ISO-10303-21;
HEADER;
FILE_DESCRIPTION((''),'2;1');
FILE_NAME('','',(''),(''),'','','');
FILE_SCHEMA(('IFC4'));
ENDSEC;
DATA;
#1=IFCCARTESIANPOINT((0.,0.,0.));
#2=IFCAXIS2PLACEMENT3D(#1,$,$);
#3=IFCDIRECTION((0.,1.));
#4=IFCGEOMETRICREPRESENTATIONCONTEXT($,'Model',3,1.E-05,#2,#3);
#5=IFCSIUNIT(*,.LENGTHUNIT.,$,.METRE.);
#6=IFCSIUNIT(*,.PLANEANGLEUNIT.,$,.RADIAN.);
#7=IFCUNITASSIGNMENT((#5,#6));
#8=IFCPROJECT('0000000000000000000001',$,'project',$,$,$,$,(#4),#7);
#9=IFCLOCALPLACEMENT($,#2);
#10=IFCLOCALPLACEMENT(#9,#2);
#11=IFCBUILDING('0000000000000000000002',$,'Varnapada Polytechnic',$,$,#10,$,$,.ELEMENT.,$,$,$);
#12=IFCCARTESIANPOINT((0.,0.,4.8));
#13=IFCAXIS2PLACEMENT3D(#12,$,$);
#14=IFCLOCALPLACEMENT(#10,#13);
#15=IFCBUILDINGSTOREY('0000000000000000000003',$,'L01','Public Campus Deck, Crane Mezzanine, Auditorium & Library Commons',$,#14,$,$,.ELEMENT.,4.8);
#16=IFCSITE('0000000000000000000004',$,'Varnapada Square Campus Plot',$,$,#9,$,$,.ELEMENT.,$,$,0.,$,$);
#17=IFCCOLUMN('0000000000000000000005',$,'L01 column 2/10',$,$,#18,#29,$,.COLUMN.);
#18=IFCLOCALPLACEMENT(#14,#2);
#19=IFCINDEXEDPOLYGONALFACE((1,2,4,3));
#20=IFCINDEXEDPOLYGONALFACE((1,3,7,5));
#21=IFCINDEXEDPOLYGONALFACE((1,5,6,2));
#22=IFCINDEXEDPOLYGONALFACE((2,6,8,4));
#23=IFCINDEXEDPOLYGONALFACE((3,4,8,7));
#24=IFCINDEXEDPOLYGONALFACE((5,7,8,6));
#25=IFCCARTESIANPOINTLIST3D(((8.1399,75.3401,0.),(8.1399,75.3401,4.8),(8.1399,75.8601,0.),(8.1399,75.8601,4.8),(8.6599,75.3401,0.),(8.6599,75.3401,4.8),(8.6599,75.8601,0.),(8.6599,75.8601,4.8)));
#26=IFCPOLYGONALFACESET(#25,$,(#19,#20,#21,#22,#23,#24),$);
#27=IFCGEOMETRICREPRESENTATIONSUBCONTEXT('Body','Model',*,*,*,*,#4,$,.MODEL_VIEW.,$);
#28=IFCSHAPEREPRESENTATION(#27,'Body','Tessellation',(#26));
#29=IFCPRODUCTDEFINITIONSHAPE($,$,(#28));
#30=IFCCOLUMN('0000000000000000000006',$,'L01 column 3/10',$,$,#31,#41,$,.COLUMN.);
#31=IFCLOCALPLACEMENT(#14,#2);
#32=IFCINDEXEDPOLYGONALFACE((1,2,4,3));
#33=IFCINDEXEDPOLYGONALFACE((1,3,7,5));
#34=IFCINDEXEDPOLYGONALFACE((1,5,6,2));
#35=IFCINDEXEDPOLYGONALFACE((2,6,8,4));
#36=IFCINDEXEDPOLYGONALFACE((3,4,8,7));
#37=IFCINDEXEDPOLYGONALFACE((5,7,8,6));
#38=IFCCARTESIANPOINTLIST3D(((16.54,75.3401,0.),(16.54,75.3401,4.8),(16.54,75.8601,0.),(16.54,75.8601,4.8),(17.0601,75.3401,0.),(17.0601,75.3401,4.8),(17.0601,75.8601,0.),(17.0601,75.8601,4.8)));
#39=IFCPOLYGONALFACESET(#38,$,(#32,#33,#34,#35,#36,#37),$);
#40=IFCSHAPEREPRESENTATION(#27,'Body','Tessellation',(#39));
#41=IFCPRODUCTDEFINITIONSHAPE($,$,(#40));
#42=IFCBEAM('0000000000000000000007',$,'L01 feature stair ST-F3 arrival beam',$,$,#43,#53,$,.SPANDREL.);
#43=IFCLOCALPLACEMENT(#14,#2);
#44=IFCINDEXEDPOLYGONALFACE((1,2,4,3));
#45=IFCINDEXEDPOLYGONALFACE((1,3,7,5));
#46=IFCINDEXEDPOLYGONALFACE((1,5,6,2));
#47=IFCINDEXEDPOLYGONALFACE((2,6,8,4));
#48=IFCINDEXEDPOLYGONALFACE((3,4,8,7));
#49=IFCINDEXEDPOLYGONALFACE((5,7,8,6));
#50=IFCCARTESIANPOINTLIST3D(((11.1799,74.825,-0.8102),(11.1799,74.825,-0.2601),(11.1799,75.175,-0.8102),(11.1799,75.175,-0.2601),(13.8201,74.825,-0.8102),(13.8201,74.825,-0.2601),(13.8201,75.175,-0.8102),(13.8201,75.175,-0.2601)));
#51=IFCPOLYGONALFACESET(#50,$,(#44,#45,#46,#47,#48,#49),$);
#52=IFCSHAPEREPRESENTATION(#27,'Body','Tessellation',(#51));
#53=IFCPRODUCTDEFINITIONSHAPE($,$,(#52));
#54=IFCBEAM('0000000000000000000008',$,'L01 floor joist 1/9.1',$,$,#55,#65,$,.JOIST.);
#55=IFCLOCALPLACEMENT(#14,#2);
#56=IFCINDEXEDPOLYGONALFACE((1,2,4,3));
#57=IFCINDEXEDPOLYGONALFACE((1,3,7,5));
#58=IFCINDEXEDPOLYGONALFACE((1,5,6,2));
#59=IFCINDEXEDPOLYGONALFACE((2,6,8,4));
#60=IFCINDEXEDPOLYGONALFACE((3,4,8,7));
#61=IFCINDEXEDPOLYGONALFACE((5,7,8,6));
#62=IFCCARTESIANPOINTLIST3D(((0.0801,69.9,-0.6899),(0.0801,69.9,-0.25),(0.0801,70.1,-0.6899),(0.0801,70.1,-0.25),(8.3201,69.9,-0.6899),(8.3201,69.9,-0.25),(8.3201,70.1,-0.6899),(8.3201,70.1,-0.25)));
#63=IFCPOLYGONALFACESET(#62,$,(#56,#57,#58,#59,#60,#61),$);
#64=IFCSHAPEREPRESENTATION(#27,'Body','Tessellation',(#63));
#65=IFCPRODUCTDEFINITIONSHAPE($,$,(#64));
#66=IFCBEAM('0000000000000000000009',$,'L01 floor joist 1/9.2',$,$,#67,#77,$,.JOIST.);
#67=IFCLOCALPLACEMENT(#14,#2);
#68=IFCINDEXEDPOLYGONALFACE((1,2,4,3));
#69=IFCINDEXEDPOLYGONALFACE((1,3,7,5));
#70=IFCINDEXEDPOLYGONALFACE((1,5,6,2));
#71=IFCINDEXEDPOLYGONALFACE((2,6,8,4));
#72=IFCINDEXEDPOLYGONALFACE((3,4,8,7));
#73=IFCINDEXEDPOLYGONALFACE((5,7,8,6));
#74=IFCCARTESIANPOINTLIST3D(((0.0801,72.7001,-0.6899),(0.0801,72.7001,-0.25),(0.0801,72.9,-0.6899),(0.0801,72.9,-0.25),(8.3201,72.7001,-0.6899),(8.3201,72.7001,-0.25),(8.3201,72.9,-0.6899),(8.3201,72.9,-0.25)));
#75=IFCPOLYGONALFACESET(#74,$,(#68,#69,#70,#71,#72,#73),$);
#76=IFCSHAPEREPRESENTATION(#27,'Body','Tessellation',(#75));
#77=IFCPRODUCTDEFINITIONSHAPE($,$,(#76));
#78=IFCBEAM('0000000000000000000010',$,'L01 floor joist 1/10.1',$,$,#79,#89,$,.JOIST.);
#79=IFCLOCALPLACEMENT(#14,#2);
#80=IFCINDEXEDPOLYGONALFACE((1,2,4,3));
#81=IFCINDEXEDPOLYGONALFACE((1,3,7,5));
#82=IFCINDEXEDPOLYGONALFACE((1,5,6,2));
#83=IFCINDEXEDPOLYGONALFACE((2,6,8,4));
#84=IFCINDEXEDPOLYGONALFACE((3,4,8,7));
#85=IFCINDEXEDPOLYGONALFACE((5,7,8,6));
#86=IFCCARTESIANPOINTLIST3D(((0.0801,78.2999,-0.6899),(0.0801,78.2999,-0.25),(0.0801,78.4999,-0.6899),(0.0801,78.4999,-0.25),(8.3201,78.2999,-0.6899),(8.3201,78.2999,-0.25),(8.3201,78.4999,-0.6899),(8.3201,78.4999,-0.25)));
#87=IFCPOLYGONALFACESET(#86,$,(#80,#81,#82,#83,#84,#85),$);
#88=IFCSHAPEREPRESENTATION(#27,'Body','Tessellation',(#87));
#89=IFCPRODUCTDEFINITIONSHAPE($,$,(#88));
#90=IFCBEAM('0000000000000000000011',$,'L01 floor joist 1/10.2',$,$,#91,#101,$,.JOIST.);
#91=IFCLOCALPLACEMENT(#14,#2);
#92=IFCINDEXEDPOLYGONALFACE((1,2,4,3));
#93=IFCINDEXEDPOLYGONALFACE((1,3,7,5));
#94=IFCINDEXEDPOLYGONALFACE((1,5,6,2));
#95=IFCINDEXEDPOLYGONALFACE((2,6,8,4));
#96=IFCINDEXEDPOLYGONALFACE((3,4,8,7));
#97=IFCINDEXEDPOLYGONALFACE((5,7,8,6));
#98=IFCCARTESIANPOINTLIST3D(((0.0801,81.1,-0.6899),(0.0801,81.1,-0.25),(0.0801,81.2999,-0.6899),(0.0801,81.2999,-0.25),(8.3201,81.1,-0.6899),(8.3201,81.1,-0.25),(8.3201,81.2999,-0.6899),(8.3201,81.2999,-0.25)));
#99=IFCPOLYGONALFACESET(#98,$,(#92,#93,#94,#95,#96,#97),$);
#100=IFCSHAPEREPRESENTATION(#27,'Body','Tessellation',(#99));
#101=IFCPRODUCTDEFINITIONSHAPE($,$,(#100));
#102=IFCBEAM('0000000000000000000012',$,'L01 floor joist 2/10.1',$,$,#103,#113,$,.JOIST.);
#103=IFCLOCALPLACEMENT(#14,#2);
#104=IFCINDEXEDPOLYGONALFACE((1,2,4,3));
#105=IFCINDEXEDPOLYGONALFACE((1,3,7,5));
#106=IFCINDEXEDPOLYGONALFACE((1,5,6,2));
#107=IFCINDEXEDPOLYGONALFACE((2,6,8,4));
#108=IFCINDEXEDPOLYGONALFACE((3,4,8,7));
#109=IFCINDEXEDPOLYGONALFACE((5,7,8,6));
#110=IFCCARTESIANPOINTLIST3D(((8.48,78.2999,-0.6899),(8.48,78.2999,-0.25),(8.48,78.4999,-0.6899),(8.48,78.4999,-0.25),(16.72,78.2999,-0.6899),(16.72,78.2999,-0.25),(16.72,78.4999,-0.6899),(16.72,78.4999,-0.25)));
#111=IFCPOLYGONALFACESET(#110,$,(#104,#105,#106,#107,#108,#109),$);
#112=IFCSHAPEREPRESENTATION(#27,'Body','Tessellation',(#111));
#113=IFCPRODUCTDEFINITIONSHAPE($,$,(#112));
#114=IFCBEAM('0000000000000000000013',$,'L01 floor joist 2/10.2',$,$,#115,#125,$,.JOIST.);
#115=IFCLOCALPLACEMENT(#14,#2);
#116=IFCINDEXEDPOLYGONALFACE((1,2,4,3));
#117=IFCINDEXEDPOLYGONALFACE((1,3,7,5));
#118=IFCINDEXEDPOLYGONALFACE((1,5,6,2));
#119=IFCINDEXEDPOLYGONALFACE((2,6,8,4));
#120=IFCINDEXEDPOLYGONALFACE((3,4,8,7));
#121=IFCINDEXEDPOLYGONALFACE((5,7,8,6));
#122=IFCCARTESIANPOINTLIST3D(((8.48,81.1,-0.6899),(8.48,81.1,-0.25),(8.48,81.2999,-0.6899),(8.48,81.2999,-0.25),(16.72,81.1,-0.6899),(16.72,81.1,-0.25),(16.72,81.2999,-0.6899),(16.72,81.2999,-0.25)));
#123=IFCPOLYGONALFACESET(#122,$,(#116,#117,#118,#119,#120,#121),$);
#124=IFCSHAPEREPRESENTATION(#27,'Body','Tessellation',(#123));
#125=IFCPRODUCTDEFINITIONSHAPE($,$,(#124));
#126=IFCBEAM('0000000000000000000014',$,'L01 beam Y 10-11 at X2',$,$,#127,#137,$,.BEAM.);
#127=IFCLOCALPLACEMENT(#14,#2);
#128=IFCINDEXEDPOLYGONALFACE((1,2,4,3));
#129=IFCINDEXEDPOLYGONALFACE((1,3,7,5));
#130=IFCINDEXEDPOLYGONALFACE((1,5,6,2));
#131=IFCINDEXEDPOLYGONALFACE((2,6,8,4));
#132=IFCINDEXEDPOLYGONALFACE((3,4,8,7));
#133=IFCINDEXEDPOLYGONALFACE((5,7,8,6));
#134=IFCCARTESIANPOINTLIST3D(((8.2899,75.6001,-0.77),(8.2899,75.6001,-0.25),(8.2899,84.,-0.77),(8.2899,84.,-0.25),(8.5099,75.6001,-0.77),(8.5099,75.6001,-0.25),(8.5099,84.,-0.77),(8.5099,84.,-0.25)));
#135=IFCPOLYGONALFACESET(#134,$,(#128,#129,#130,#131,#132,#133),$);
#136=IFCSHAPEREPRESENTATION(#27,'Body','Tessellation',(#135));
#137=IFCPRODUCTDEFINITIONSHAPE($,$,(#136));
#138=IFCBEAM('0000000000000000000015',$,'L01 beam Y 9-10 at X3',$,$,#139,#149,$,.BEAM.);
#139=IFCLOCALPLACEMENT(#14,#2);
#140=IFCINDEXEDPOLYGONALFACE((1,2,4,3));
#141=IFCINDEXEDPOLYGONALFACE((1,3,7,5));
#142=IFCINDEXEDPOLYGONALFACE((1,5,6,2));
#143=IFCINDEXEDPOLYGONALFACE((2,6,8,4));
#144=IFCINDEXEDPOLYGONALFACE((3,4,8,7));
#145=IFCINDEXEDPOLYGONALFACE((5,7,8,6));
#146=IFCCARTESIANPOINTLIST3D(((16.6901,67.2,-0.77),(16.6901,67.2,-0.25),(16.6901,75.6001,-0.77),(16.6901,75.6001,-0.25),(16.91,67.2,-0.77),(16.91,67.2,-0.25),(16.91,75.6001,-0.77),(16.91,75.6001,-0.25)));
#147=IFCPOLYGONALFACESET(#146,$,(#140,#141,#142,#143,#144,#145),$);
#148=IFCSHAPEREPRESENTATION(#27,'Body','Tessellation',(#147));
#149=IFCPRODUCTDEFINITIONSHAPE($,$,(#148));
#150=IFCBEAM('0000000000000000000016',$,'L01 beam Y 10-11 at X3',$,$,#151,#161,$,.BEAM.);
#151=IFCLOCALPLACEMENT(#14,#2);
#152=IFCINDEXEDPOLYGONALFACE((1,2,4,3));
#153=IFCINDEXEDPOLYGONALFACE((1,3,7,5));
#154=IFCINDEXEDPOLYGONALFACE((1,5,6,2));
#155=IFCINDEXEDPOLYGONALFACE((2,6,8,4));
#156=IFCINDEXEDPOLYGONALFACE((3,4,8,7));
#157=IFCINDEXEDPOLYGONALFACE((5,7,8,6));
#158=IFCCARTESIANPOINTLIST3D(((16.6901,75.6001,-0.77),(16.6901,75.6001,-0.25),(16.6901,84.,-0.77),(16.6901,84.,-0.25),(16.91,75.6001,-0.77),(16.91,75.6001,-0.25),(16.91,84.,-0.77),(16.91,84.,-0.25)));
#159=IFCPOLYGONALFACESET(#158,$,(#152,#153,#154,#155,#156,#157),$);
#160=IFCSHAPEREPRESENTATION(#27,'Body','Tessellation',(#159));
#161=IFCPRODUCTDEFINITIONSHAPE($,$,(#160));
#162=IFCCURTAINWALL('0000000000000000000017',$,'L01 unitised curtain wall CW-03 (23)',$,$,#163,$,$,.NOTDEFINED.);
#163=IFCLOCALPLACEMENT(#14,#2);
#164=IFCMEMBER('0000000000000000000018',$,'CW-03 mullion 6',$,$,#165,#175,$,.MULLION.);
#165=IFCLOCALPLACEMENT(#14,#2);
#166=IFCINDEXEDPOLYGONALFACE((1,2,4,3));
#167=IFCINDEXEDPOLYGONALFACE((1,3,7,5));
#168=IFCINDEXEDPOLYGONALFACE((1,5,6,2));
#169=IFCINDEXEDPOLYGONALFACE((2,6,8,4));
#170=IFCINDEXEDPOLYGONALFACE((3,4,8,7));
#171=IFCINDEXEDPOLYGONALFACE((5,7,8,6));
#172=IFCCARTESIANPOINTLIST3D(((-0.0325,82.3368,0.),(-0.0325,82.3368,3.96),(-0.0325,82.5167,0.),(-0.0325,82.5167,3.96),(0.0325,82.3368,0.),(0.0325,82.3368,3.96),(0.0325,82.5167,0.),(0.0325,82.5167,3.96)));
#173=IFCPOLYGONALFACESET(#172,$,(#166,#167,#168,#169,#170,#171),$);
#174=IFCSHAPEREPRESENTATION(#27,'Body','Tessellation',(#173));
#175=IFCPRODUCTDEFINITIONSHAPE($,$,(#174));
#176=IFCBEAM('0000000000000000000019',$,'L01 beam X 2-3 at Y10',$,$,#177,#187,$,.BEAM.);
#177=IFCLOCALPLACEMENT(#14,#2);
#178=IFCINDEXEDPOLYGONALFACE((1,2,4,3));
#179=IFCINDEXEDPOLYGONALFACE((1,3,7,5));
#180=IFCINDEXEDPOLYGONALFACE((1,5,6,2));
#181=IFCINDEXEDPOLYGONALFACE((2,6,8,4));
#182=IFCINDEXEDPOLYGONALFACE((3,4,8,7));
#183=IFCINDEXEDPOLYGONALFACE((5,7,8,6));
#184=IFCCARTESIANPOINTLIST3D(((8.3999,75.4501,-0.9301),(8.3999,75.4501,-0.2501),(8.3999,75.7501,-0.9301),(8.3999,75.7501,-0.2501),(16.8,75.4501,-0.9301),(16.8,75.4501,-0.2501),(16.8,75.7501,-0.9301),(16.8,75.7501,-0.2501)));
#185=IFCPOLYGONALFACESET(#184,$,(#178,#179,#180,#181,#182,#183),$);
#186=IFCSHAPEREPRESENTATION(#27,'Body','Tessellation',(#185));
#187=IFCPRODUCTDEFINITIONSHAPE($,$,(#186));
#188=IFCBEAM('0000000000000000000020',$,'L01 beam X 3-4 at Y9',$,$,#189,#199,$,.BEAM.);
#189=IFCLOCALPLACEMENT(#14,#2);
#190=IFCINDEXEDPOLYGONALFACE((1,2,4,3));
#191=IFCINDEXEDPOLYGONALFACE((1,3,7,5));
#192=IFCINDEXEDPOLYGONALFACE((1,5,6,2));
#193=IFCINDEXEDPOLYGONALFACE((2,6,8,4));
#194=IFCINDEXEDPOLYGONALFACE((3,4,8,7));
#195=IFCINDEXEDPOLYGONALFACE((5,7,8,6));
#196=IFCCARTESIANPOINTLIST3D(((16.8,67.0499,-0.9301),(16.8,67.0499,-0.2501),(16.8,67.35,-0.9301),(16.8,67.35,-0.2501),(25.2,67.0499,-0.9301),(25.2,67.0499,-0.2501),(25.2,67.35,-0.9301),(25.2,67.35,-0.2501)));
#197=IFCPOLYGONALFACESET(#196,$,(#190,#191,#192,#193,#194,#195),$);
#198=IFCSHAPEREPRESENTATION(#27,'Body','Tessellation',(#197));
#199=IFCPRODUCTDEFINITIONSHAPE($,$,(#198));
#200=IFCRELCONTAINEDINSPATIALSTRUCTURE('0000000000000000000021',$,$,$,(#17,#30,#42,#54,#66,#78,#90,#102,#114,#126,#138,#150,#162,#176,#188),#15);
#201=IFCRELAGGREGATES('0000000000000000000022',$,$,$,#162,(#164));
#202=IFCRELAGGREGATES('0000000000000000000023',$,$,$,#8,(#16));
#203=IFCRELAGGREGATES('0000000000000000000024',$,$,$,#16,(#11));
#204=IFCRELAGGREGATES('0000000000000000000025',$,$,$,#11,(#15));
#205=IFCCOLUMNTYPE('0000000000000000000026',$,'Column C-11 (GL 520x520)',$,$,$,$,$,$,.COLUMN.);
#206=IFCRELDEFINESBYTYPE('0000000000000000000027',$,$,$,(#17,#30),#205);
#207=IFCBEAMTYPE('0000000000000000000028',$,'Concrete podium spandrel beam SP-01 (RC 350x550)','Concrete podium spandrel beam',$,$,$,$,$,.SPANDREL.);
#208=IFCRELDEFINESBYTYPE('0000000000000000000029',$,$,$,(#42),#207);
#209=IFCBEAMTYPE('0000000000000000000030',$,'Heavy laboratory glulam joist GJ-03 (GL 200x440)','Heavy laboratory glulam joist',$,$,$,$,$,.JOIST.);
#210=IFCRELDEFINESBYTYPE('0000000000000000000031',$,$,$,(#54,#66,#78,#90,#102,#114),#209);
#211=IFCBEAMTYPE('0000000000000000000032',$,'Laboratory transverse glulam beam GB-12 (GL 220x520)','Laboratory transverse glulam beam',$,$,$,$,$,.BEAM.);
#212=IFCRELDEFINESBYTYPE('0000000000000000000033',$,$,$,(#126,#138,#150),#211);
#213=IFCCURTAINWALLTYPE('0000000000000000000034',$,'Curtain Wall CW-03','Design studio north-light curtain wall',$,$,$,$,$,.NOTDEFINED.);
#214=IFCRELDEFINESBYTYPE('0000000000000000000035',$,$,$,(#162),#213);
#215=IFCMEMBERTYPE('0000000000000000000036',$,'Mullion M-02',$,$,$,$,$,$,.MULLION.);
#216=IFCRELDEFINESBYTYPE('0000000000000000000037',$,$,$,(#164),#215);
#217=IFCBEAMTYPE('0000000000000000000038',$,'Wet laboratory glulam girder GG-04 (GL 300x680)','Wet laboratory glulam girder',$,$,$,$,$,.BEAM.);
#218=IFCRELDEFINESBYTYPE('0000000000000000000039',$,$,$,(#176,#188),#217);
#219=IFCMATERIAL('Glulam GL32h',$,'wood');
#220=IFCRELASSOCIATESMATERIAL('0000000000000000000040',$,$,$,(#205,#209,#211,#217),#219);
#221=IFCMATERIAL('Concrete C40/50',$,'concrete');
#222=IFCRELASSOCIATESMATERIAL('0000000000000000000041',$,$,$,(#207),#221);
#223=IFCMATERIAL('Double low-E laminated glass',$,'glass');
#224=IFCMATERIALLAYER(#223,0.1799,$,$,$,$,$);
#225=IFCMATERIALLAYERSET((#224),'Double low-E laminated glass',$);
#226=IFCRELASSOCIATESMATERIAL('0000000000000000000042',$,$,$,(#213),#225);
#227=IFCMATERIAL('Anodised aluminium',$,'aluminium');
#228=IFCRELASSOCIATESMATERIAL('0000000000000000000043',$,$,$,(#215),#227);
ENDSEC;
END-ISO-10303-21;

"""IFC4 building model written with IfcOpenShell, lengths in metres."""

from ifc_helpers import new_model, si_unit, direction, frame, origin, origin_2d, place, context, subcontext, project, spatial, rectangle, extrude, material, layer, layer_set, material_profile, profile_set, type_object, element, aggregate, save


model = new_model("IFC4")

# Units and contexts
model_context = context("Model", 3, precision=1e-05, world=origin(), true_north=direction((0.0, 1.0)))
body_context = subcontext(model_context, "Body", "Model", "MODEL_VIEW")
ifc_project = project(units=[si_unit("LENGTHUNIT", "METRE"), si_unit("PLANEANGLEUNIT", "RADIAN")], contexts=[model_context])

# Site, building, storey
site_placement = place(None, origin())
site = spatial("IfcSite", under=ifc_project, at=site_placement, Name="Varnapada Square Campus Plot", CompositionType="ELEMENT", RefElevation=0.0)
building_placement = place(site_placement, origin())
building = spatial("IfcBuilding", under=site, at=building_placement, Name="Varnapada Polytechnic", CompositionType="ELEMENT")
storey_placement = place(building_placement, frame((0.0, 0.0, 4.8)))
storey = spatial("IfcBuildingStorey", under=building, at=storey_placement, Name="L01", Description="Public Campus Deck, Crane Mezzanine, Auditorium & Library Commons", CompositionType="ELEMENT", Elevation=4.8)

# Columns
ifc_material_1 = material(Name="Glulam GL32h", Category="wood")
ifc_material_profile_1 = material_profile(ifc_material_1, rectangle(XDim=0.52, YDim=0.52, at=origin_2d()), Name="GL 520x520")
ifc_profile_set_1 = profile_set([ifc_material_profile_1], Name="Glulam GL32h")
column_type = type_object("IfcColumnType", Name="Column C-11 (GL 520x520)", PredefinedType="COLUMN", material=ifc_profile_set_1)
for number, where, z_axis, x_axis, name in (
    (1, (8.3999, 75.6001, 0.0), (0.0, 0.0, 1.0), (1.0, 0.0, 0.0), "L01 column 2/10"),
    (2, (16.8, 75.6001, 0.0), (0.0, 0.0, 1.0), (1.0, 0.0, 0.0), "L01 column 3/10"),
):
    element("IfcColumn", number, at=place(storey_placement, frame(where, z_axis=z_axis, x_axis=x_axis)), inside=storey, type_object=column_type, Name=name, PredefinedType="COLUMN", context=body_context, shape_type="SweptSolid", body=[
        extrude(rectangle(XDim=0.52, YDim=0.52, at=origin_2d()), origin(), (0.0, 0.0, 1.0), 4.8),
    ])

# Beams
ifc_material_2 = material(Name="Concrete C40/50", Category="concrete")
ifc_material_profile_2 = material_profile(ifc_material_2, rectangle(XDim=0.3501, YDim=0.55, at=origin_2d()), Name="RC 350x550")
ifc_profile_set_2 = profile_set([ifc_material_profile_2], Name="Concrete C40/50")
beam_type_1 = type_object("IfcBeamType", Name="Concrete podium spandrel beam SP-01 (RC 350x550)", Description="Concrete podium spandrel beam", PredefinedType="SPANDREL", material=ifc_profile_set_2)
beam_1_placement = place(storey_placement, frame((11.1799, 75.0, -0.5352), z_axis=(1.0, 0.0, 0.0), x_axis=(0.0, 1.0, 0.0)))
element("IfcBeam", 3, at=beam_1_placement, inside=storey, type_object=beam_type_1, Name="L01 feature stair ST-F3 arrival beam", PredefinedType="SPANDREL", context=body_context, shape_type="SweptSolid", body=[
    extrude(rectangle(XDim=0.3501, YDim=0.55, at=origin_2d()), origin(), (0.0, 0.0, 1.0), 2.6401),
])
ifc_material_profile_3 = material_profile(ifc_material_1, rectangle(XDim=0.2, YDim=0.4399, at=origin_2d()), Name="GL 200x440")
ifc_profile_set_3 = profile_set([ifc_material_profile_3], Name="Glulam GL32h")
beam_type_2 = type_object("IfcBeamType", Name="Heavy laboratory glulam joist GJ-03 (GL 200x440)", Description="Heavy laboratory glulam joist", PredefinedType="JOIST", material=ifc_profile_set_3)
for number, where, z_axis, x_axis, name in (
    (4, (0.0801, 70.0, -0.47), (1.0, 0.0, 0.0), (0.0, 1.0, 0.0), "L01 floor joist 1/9.1"),
    (5, (0.0801, 72.8, -0.47), (1.0, 0.0, 0.0), (0.0, 1.0, 0.0), "L01 floor joist 1/9.2"),
    (6, (0.0801, 78.3999, -0.47), (1.0, 0.0, 0.0), (0.0, 1.0, 0.0), "L01 floor joist 1/10.1"),
    (7, (0.0801, 81.2, -0.47), (1.0, 0.0, 0.0), (0.0, 1.0, 0.0), "L01 floor joist 1/10.2"),
    (8, (8.48, 78.3999, -0.47), (1.0, 0.0, 0.0), (0.0, 1.0, 0.0), "L01 floor joist 2/10.1"),
    (9, (8.48, 81.2, -0.47), (1.0, 0.0, 0.0), (0.0, 1.0, 0.0), "L01 floor joist 2/10.2"),
):
    element("IfcBeam", number, at=place(storey_placement, frame(where, z_axis=z_axis, x_axis=x_axis)), inside=storey, type_object=beam_type_2, Name=name, PredefinedType="JOIST", context=body_context, shape_type="SweptSolid", body=[
        extrude(rectangle(XDim=0.2, YDim=0.4399, at=origin_2d()), origin(), (0.0, 0.0, 1.0), 8.24),
    ])
ifc_material_profile_4 = material_profile(ifc_material_1, rectangle(XDim=0.22, YDim=0.52, at=origin_2d()), Name="GL 220x520")
ifc_profile_set_4 = profile_set([ifc_material_profile_4], Name="Glulam GL32h")
beam_type_3 = type_object("IfcBeamType", Name="Laboratory transverse glulam beam GB-12 (GL 220x520)", Description="Laboratory transverse glulam beam", PredefinedType="BEAM", material=ifc_profile_set_4)
beam_2_placement = place(storey_placement, frame((8.3999, 75.6001, -0.51), z_axis=(0.0, 1.0, 0.0), x_axis=(-1.0, 0.0, 0.0)))
element("IfcBeam", 10, at=beam_2_placement, inside=storey, type_object=beam_type_3, Name="L01 beam Y 10-11 at X2", PredefinedType="BEAM", context=body_context, shape_type="SweptSolid", body=[
    extrude(rectangle(XDim=0.22, YDim=0.52, at=origin_2d()), origin(), (0.0, 0.0, 1.0), 8.3999),
])
beam_3_placement = place(storey_placement, frame((16.8, 67.2, -0.51), z_axis=(0.0, 1.0, 0.0), x_axis=(-1.0, 0.0, 0.0)))
element("IfcBeam", 11, at=beam_3_placement, inside=storey, type_object=beam_type_3, Name="L01 beam Y 9-10 at X3", PredefinedType="BEAM", context=body_context, shape_type="SweptSolid", body=[
    extrude(rectangle(XDim=0.22, YDim=0.52, at=origin_2d()), origin(), (0.0, 0.0, 1.0), 8.4001),
])
beam_4_placement = place(storey_placement, frame((16.8, 75.6001, -0.51), z_axis=(0.0, 1.0, 0.0), x_axis=(-1.0, 0.0, 0.0)))
element("IfcBeam", 12, at=beam_4_placement, inside=storey, type_object=beam_type_3, Name="L01 beam Y 10-11 at X3", PredefinedType="BEAM", context=body_context, shape_type="SweptSolid", body=[
    extrude(rectangle(XDim=0.22, YDim=0.52, at=origin_2d()), origin(), (0.0, 0.0, 1.0), 8.3999),
])

# Curtain wall, member
ifc_material_3 = material(Name="Double low-E laminated glass", Category="glass")
ifc_layer_1 = layer(ifc_material_3, 0.1799)
ifc_layer_set_1 = layer_set([ifc_layer_1], Name="Double low-E laminated glass")
curtain_wall_type = type_object("IfcCurtainWallType", Name="Curtain Wall CW-03", Description="Design studio north-light curtain wall", PredefinedType="NOTDEFINED", material=ifc_layer_set_1)
curtain_wall_placement = place(storey_placement, origin())
curtain_wall = element("IfcCurtainWall", 13, at=curtain_wall_placement, inside=storey, type_object=curtain_wall_type, Name="L01 unitised curtain wall CW-03 (23)", PredefinedType="NOTDEFINED")
ifc_material_4 = material(Name="Anodised aluminium", Category="aluminium")
ifc_material_profile_5 = material_profile(ifc_material_4, rectangle(XDim=0.0649, YDim=0.1799, at=origin_2d()), Name="ALU M65x180")
ifc_profile_set_5 = profile_set([ifc_material_profile_5], Name="Anodised aluminium")
member_type = type_object("IfcMemberType", Name="Mullion M-02", PredefinedType="MULLION", material=ifc_profile_set_5)
member_placement = place(storey_placement, frame((0.0, 82.4268, 0.0), z_axis=(0.0, 0.0, 1.0), x_axis=(-1.0, 0.0, 0.0)))
member = element("IfcMember", 14, at=member_placement, type_object=member_type, Name="CW-03 mullion 6", PredefinedType="MULLION", context=body_context, shape_type="SweptSolid", body=[
    extrude(rectangle(XDim=0.0649, YDim=0.1799, at=origin_2d()), origin(), (0.0, 0.0, 1.0), 3.96),
])
aggregate(curtain_wall, [member])

# Beams
ifc_material_profile_6 = material_profile(ifc_material_1, rectangle(XDim=0.3, YDim=0.6799, at=origin_2d()), Name="GL 300x680")
ifc_profile_set_6 = profile_set([ifc_material_profile_6], Name="Glulam GL32h")
beam_type_4 = type_object("IfcBeamType", Name="Wet laboratory glulam girder GG-04 (GL 300x680)", Description="Wet laboratory glulam girder", PredefinedType="BEAM", material=ifc_profile_set_6)
beam_5_placement = place(storey_placement, frame((8.3999, 75.6001, -0.5901), z_axis=(1.0, 0.0, 0.0), x_axis=(0.0, 1.0, 0.0)))
element("IfcBeam", 15, at=beam_5_placement, inside=storey, type_object=beam_type_4, Name="L01 beam X 2-3 at Y10", PredefinedType="BEAM", context=body_context, shape_type="SweptSolid", body=[
    extrude(rectangle(XDim=0.3, YDim=0.6799, at=origin_2d()), origin(), (0.0, 0.0, 1.0), 8.4001),
])
for number, where, z_axis, x_axis, name in (
    (16, (16.8, 67.2, -0.5901), (1.0, 0.0, 0.0), (0.0, 1.0, 0.0), "L01 beam X 3-4 at Y9"),
):
    element("IfcBeam", number, at=place(storey_placement, frame(where, z_axis=z_axis, x_axis=x_axis)), inside=storey, type_object=beam_type_4, Name=name, PredefinedType="BEAM", context=body_context, shape_type="SweptSolid", body=[
        extrude(rectangle(XDim=0.3, YDim=0.6799, at=origin_2d()), origin(), (0.0, 0.0, 1.0), 8.3999),
    ])

save(model, "model.ifc")
